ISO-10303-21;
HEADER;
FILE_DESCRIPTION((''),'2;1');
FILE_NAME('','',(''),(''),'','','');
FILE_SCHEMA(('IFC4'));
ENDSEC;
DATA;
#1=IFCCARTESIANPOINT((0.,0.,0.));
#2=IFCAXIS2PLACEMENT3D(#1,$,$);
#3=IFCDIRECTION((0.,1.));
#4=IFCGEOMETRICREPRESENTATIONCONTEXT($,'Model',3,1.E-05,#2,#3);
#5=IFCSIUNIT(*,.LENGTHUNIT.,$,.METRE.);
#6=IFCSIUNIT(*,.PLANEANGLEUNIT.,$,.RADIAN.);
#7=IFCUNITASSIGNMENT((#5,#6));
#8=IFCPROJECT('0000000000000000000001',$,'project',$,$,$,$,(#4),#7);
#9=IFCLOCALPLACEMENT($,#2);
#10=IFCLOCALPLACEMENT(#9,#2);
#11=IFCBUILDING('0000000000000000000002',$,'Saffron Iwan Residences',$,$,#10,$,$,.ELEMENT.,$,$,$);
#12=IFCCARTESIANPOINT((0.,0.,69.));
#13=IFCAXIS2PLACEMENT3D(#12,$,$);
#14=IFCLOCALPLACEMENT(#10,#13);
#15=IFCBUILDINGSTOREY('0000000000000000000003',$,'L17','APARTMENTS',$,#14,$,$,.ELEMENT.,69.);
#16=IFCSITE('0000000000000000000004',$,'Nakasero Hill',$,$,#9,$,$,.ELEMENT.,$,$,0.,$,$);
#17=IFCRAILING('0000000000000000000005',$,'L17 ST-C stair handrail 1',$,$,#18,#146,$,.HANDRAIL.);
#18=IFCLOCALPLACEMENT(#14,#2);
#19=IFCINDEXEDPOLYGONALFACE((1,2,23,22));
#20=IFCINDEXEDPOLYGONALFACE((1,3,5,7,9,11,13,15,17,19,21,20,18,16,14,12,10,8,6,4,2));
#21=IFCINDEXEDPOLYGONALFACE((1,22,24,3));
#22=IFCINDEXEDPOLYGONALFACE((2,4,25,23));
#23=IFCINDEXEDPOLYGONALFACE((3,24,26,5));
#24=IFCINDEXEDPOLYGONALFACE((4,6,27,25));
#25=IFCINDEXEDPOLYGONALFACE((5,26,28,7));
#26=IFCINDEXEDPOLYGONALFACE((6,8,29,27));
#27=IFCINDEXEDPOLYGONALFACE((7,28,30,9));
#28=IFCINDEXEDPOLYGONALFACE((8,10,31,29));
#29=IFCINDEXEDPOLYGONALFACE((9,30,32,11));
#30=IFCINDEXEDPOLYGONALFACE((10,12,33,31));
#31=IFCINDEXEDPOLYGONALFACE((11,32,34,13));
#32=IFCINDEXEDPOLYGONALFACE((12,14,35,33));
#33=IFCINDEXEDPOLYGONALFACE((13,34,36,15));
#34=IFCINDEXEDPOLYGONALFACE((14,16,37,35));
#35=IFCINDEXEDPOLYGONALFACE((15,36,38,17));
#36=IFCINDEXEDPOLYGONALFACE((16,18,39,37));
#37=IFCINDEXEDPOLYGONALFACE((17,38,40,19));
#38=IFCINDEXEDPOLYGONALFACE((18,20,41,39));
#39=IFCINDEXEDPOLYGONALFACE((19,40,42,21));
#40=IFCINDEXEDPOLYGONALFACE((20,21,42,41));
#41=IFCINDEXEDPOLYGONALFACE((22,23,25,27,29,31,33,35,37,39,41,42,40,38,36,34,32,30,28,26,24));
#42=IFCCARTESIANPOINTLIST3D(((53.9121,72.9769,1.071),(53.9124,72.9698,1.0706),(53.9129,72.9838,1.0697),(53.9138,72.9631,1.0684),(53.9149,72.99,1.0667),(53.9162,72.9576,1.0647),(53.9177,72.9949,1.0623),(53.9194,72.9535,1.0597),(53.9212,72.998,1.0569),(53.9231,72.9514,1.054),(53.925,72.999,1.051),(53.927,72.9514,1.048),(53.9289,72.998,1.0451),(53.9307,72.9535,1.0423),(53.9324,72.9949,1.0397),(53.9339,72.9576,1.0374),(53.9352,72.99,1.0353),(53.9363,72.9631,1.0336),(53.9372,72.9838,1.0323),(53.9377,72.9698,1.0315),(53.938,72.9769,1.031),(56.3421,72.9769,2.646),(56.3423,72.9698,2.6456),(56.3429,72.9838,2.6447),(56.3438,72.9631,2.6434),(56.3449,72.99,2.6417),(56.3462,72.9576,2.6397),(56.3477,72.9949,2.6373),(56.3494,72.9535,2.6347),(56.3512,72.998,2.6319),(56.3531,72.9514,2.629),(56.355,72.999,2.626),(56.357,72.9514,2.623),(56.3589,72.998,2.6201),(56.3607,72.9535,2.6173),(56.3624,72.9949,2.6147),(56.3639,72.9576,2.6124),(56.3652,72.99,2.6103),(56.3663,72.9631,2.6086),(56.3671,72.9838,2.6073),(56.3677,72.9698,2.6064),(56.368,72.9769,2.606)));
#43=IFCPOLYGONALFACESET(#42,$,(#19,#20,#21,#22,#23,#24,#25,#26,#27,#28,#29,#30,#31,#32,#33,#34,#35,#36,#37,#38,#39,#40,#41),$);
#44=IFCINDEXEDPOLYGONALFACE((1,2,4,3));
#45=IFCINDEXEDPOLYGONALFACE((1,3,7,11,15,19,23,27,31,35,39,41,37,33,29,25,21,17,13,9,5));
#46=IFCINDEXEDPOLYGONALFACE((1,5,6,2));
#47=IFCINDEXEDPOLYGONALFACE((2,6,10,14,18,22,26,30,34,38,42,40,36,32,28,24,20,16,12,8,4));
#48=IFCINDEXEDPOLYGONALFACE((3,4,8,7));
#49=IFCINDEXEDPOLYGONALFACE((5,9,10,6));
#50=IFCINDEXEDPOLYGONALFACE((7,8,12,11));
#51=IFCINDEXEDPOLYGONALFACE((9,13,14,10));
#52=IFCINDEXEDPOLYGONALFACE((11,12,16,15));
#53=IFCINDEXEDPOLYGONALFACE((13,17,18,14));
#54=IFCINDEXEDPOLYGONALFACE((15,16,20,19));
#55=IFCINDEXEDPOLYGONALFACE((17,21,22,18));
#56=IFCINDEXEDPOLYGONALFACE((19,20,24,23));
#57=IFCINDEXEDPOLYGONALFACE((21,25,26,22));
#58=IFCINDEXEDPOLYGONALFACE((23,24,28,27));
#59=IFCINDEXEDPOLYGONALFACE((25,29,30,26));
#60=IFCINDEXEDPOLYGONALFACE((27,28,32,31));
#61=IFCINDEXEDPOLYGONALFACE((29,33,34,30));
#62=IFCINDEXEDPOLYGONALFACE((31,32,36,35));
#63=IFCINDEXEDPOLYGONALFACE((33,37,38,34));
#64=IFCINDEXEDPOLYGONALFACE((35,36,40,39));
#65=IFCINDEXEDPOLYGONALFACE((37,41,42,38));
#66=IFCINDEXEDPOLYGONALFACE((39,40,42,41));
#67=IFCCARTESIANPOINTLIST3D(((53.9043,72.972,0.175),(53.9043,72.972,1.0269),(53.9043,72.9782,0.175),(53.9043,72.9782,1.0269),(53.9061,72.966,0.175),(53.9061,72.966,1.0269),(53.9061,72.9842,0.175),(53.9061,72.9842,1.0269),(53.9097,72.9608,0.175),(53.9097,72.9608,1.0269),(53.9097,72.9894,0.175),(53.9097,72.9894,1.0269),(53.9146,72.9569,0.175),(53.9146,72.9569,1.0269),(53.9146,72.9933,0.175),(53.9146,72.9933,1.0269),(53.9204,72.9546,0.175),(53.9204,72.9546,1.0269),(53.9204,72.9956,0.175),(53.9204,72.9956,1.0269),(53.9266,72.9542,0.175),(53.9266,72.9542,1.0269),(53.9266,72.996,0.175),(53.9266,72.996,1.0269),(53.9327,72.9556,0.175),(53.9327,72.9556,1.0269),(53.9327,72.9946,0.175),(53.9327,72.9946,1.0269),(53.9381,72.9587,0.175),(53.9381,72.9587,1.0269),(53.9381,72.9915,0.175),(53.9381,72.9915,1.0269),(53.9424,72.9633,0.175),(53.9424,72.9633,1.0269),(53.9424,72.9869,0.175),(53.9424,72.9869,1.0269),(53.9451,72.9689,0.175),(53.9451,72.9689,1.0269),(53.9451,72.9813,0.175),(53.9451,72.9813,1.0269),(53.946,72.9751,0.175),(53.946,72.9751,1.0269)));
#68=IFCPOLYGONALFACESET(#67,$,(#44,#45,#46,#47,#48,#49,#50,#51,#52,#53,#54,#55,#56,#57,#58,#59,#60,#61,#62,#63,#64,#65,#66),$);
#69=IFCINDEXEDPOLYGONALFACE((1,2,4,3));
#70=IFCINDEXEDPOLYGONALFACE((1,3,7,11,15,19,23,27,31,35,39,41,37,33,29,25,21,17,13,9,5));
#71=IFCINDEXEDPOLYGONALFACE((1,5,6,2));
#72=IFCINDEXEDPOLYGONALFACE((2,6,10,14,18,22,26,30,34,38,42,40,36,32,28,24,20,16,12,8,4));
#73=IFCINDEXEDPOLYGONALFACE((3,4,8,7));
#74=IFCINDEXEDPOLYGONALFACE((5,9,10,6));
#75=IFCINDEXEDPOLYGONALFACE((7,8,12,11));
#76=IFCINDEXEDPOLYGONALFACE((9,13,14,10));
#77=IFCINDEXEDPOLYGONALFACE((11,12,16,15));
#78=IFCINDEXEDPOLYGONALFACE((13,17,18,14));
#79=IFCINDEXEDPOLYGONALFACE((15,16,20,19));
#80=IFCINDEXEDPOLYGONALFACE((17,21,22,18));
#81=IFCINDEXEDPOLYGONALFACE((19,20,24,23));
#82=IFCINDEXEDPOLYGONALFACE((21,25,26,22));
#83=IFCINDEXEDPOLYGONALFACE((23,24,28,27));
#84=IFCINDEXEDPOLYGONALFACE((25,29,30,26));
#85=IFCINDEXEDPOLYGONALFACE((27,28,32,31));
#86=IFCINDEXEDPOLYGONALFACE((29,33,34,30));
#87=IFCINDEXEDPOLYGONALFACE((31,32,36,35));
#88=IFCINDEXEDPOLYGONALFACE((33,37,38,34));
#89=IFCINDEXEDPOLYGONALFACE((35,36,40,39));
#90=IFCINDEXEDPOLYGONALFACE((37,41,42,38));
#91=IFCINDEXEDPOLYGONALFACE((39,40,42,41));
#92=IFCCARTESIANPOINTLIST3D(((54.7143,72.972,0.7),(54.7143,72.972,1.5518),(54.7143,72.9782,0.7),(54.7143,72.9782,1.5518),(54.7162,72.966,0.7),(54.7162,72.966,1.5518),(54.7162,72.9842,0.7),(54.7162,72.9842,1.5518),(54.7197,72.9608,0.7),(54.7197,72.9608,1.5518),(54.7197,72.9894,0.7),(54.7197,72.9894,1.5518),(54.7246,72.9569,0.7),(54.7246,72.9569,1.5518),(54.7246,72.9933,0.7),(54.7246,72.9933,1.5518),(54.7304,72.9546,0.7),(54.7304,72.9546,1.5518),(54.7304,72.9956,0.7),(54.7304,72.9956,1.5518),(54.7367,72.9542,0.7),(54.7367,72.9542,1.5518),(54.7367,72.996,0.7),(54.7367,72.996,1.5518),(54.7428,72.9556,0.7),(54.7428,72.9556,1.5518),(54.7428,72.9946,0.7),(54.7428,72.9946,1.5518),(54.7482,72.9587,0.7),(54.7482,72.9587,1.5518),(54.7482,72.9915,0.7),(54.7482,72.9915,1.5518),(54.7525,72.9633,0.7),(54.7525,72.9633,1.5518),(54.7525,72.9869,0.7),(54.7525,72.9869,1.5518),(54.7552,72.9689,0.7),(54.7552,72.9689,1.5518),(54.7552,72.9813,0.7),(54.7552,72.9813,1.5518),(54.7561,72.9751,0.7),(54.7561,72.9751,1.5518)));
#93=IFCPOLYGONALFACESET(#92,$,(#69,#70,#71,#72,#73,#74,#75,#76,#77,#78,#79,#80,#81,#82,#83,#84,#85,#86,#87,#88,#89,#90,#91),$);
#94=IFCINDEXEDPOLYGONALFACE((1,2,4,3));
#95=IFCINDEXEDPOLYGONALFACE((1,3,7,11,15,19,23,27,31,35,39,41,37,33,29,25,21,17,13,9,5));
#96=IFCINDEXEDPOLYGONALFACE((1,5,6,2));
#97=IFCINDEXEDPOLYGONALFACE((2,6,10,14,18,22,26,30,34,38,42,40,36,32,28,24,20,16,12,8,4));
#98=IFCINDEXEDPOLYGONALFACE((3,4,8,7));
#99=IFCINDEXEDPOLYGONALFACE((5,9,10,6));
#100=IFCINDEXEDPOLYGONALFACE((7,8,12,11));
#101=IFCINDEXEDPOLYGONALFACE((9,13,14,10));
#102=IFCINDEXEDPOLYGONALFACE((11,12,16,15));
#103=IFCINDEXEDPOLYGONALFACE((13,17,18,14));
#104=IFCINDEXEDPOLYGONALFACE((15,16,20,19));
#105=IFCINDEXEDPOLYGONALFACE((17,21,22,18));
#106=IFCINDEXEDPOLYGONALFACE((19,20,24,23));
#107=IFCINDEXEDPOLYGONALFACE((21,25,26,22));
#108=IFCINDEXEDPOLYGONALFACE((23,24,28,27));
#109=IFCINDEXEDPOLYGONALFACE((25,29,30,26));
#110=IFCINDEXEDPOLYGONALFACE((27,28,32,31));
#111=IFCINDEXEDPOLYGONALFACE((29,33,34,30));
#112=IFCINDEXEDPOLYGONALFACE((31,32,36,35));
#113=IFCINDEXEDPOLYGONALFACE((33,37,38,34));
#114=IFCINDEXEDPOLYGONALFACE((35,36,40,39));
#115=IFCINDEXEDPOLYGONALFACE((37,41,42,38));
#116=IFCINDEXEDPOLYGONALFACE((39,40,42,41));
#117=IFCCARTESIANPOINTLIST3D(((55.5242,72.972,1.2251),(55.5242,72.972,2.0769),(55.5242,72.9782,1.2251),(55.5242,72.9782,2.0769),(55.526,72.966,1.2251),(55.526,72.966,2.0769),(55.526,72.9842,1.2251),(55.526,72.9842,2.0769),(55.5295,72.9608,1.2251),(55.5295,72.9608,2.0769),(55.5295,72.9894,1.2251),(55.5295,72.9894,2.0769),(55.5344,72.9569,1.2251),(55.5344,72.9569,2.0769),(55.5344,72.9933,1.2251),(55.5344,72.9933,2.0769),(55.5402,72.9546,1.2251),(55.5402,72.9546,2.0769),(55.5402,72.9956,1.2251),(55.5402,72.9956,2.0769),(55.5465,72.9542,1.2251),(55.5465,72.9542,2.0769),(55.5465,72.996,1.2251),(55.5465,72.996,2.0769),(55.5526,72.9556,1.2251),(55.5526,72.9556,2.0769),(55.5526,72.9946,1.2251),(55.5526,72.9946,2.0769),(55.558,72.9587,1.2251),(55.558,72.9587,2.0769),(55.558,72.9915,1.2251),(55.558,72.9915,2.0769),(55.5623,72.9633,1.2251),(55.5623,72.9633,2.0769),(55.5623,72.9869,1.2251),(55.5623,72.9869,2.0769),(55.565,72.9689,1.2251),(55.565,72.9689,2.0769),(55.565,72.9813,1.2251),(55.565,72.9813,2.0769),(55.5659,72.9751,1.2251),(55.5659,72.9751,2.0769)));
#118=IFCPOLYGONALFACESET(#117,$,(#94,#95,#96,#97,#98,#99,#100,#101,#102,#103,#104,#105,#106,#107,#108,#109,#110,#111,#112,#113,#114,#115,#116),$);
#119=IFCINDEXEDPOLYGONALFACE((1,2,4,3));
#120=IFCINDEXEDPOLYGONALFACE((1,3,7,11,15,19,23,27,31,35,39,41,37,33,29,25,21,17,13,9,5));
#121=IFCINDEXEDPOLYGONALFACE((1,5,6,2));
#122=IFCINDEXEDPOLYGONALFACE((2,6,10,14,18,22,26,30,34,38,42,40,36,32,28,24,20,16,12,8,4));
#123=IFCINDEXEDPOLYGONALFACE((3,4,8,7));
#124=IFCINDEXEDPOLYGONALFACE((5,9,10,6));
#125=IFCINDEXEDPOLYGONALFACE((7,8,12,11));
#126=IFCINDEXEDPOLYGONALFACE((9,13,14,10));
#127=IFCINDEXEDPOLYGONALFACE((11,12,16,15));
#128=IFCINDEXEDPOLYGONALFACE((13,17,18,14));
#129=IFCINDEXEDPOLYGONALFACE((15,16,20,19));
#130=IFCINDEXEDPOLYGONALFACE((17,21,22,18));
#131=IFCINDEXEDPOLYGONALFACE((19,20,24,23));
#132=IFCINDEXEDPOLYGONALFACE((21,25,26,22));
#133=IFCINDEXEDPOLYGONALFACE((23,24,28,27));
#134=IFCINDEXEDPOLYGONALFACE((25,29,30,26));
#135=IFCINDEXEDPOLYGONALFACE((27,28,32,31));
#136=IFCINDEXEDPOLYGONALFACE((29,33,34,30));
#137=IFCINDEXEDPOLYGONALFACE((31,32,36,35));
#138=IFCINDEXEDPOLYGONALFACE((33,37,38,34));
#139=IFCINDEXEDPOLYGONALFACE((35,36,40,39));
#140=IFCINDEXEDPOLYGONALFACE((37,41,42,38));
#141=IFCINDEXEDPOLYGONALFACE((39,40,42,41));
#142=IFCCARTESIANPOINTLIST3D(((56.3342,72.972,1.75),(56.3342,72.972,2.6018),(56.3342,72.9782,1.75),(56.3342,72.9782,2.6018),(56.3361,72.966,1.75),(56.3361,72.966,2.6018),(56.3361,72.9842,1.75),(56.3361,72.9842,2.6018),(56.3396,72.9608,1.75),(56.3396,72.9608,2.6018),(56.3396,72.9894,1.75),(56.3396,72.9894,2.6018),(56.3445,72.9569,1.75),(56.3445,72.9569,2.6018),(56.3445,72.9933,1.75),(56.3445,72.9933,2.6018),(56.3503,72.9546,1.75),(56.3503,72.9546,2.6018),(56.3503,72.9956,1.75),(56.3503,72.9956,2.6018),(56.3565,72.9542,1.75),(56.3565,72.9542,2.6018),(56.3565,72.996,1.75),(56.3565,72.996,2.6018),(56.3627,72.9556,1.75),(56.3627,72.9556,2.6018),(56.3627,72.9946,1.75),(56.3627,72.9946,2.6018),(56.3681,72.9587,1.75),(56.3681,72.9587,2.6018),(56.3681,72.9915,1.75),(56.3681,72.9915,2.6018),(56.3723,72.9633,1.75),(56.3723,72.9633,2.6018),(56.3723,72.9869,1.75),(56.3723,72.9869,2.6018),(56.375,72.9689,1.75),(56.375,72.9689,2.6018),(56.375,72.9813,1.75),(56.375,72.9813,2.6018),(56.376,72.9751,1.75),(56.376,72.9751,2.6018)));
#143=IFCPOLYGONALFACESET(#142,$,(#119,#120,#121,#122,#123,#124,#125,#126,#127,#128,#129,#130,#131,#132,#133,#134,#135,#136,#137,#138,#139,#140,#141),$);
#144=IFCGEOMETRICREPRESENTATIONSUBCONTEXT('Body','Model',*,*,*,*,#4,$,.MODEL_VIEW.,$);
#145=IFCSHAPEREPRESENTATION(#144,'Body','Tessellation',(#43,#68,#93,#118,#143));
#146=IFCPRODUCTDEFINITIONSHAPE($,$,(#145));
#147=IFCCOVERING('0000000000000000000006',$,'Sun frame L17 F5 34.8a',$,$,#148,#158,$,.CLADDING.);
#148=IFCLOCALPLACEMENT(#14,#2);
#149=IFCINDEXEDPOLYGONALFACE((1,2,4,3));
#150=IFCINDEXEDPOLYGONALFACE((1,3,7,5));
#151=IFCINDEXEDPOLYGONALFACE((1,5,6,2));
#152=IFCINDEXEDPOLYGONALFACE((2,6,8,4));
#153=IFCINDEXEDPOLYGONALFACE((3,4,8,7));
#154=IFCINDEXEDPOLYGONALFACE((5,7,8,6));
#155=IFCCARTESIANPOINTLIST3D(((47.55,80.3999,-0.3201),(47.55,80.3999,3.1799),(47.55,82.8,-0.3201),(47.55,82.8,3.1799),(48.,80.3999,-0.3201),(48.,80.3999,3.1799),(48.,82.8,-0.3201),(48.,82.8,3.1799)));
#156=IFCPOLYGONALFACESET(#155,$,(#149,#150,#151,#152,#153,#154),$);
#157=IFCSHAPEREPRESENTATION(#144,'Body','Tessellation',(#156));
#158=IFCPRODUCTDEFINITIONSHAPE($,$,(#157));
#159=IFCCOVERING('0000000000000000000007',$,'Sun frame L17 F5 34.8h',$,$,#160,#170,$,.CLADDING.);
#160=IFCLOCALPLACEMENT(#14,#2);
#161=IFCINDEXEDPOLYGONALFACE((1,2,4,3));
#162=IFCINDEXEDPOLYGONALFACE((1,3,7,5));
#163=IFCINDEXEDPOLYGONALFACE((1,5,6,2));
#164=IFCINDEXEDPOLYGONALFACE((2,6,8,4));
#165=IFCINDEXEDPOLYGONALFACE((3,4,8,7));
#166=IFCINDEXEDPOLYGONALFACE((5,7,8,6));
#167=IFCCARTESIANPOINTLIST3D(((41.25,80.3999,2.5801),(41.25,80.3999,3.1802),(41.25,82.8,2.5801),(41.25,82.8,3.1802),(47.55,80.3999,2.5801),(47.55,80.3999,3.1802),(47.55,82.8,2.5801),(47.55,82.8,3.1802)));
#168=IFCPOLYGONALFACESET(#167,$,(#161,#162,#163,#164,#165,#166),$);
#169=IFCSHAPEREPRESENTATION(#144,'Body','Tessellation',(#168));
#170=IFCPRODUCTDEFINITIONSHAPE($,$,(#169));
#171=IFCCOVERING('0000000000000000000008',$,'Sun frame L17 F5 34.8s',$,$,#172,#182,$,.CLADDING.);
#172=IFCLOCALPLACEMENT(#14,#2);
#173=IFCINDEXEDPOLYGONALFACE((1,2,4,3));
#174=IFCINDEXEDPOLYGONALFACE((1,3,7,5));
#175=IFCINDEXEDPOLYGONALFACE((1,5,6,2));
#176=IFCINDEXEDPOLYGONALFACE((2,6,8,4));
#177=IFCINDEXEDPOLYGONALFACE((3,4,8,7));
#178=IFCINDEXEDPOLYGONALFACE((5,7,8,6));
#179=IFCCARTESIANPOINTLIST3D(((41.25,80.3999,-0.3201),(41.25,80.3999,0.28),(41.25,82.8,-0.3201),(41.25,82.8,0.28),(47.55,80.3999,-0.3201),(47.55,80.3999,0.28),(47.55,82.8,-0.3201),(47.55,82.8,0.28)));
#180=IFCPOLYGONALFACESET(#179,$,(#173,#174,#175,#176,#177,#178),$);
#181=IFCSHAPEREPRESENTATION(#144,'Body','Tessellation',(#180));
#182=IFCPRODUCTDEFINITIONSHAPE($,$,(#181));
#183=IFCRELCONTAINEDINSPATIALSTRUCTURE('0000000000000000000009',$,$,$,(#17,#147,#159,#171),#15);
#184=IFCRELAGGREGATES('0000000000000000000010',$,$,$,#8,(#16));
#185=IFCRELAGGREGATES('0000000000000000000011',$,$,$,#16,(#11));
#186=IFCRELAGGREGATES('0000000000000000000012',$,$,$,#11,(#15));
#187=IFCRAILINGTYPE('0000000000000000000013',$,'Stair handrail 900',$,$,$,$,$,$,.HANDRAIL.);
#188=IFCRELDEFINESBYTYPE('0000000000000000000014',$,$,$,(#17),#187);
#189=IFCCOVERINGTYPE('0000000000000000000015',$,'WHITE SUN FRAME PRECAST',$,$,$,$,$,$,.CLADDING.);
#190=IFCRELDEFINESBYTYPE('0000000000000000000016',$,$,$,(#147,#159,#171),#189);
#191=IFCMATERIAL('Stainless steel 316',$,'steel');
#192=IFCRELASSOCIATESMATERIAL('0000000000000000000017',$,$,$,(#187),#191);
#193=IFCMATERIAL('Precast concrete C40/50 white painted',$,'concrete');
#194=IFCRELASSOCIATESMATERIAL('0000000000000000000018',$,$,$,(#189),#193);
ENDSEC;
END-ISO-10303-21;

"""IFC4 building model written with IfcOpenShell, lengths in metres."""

from ifc_helpers import new_model, si_unit, direction, frame, origin, origin_2d, place, context, subcontext, project, spatial, polyline, circle, outline, extrude, material, type_object, element, save


model = new_model("IFC4")

# Units and contexts
model_context = context("Model", 3, precision=1e-05, world=origin(), true_north=direction((0.0, 1.0)))
body_context = subcontext(model_context, "Body", "Model", "MODEL_VIEW")
ifc_project = project(units=[si_unit("LENGTHUNIT", "METRE"), si_unit("PLANEANGLEUNIT", "RADIAN")], contexts=[model_context])

# Site, building, storey
site_placement = place(None, origin())
site = spatial("IfcSite", under=ifc_project, at=site_placement, Name="Nakasero Hill", CompositionType="ELEMENT", RefElevation=0.0)
building_placement = place(site_placement, origin())
building = spatial("IfcBuilding", under=site, at=building_placement, Name="Saffron Iwan Residences", CompositionType="ELEMENT")
storey_placement = place(building_placement, frame((0.0, 0.0, 69.0)))
storey = spatial("IfcBuildingStorey", under=building, at=storey_placement, Name="L17", Description="APARTMENTS", CompositionType="ELEMENT", Elevation=69.0)

# Railing
ifc_material_1 = material(Name="Stainless steel 316", Category="steel")
railing_type_1 = type_object("IfcRailingType", Name="Stair handrail 900", PredefinedType="HANDRAIL", material=ifc_material_1)
railing_1_placement = place(storey_placement, frame((53.925, 72.9751, 0.175)))
element("IfcRailing", 1, at=railing_1_placement, inside=storey, type_object=railing_type_1, Name="L17 ST-C stair handrail 1", PredefinedType="HANDRAIL", context=body_context, shape_type="SweptSolid", body=[
    extrude(circle(Radius=0.0239, at=origin_2d()), frame((0.0, 0.0, 0.876), z_axis=(0.839154, 0.0, 0.543894), x_axis=(0.0, 1.0, 0.0)), (0.0, 0.0, 1.0), 2.8958),
    extrude(circle(Radius=0.021, at=origin_2d()), origin(), (0.0, 0.0, 1.0), 0.8518),
    extrude(circle(Radius=0.021, at=origin_2d()), frame((0.8101, 0.0, 0.5249)), (0.0, 0.0, 1.0), 0.8518),
    extrude(circle(Radius=0.021, at=origin_2d()), frame((1.6199, 0.0, 1.05)), (0.0, 0.0, 1.0), 0.8518),
    extrude(circle(Radius=0.021, at=origin_2d()), frame((2.4299, 0.0, 1.575)), (0.0, 0.0, 1.0), 0.8518),
])

# Coverings
ifc_material_2 = material(Name="Precast concrete C40/50 white painted", Category="concrete")
covering_type_1 = type_object("IfcCoveringType", Name="WHITE SUN FRAME PRECAST", PredefinedType="CLADDING", material=ifc_material_2)
covering_1_placement = place(storey_placement, frame((48.0, 80.3999, -0.3201), z_axis=(0.0, 1.0, 0.0), x_axis=(-1.0, 0.0, 0.0)))
element("IfcCovering", 2, at=covering_1_placement, inside=storey, type_object=covering_type_1, Name="Sun frame L17 F5 34.8a", PredefinedType="CLADDING", context=body_context, shape_type="SweptSolid", body=[
    extrude(outline(polyline([(0.0, 0.0), (0.45, 0.0), (0.45, 3.5), (0.0, 3.5), (0.0, 0.0)])), origin(), (0.0, 0.0, 1.0), 2.4001),
])
for number, where, z_axis, x_axis, name in (
    (3, (47.55, 80.3999, 2.5801), (0.0, 1.0, 0.0), (-1.0, 0.0, 0.0), "Sun frame L17 F5 34.8h"),
    (4, (47.55, 80.3999, -0.3201), (0.0, 1.0, 0.0), (-1.0, 0.0, 0.0), "Sun frame L17 F5 34.8s"),
):
    element("IfcCovering", number, at=place(storey_placement, frame(where, z_axis=z_axis, x_axis=x_axis)), inside=storey, type_object=covering_type_1, Name=name, PredefinedType="CLADDING", context=body_context, shape_type="SweptSolid", body=[
        extrude(outline(polyline([(0.0, 0.0), (6.3, 0.0), (6.3, 0.6001), (0.0, 0.6001), (0.0, 0.0)])), origin(), (0.0, 0.0, 1.0), 2.4001),
    ])

save(model, "model.ifc")
